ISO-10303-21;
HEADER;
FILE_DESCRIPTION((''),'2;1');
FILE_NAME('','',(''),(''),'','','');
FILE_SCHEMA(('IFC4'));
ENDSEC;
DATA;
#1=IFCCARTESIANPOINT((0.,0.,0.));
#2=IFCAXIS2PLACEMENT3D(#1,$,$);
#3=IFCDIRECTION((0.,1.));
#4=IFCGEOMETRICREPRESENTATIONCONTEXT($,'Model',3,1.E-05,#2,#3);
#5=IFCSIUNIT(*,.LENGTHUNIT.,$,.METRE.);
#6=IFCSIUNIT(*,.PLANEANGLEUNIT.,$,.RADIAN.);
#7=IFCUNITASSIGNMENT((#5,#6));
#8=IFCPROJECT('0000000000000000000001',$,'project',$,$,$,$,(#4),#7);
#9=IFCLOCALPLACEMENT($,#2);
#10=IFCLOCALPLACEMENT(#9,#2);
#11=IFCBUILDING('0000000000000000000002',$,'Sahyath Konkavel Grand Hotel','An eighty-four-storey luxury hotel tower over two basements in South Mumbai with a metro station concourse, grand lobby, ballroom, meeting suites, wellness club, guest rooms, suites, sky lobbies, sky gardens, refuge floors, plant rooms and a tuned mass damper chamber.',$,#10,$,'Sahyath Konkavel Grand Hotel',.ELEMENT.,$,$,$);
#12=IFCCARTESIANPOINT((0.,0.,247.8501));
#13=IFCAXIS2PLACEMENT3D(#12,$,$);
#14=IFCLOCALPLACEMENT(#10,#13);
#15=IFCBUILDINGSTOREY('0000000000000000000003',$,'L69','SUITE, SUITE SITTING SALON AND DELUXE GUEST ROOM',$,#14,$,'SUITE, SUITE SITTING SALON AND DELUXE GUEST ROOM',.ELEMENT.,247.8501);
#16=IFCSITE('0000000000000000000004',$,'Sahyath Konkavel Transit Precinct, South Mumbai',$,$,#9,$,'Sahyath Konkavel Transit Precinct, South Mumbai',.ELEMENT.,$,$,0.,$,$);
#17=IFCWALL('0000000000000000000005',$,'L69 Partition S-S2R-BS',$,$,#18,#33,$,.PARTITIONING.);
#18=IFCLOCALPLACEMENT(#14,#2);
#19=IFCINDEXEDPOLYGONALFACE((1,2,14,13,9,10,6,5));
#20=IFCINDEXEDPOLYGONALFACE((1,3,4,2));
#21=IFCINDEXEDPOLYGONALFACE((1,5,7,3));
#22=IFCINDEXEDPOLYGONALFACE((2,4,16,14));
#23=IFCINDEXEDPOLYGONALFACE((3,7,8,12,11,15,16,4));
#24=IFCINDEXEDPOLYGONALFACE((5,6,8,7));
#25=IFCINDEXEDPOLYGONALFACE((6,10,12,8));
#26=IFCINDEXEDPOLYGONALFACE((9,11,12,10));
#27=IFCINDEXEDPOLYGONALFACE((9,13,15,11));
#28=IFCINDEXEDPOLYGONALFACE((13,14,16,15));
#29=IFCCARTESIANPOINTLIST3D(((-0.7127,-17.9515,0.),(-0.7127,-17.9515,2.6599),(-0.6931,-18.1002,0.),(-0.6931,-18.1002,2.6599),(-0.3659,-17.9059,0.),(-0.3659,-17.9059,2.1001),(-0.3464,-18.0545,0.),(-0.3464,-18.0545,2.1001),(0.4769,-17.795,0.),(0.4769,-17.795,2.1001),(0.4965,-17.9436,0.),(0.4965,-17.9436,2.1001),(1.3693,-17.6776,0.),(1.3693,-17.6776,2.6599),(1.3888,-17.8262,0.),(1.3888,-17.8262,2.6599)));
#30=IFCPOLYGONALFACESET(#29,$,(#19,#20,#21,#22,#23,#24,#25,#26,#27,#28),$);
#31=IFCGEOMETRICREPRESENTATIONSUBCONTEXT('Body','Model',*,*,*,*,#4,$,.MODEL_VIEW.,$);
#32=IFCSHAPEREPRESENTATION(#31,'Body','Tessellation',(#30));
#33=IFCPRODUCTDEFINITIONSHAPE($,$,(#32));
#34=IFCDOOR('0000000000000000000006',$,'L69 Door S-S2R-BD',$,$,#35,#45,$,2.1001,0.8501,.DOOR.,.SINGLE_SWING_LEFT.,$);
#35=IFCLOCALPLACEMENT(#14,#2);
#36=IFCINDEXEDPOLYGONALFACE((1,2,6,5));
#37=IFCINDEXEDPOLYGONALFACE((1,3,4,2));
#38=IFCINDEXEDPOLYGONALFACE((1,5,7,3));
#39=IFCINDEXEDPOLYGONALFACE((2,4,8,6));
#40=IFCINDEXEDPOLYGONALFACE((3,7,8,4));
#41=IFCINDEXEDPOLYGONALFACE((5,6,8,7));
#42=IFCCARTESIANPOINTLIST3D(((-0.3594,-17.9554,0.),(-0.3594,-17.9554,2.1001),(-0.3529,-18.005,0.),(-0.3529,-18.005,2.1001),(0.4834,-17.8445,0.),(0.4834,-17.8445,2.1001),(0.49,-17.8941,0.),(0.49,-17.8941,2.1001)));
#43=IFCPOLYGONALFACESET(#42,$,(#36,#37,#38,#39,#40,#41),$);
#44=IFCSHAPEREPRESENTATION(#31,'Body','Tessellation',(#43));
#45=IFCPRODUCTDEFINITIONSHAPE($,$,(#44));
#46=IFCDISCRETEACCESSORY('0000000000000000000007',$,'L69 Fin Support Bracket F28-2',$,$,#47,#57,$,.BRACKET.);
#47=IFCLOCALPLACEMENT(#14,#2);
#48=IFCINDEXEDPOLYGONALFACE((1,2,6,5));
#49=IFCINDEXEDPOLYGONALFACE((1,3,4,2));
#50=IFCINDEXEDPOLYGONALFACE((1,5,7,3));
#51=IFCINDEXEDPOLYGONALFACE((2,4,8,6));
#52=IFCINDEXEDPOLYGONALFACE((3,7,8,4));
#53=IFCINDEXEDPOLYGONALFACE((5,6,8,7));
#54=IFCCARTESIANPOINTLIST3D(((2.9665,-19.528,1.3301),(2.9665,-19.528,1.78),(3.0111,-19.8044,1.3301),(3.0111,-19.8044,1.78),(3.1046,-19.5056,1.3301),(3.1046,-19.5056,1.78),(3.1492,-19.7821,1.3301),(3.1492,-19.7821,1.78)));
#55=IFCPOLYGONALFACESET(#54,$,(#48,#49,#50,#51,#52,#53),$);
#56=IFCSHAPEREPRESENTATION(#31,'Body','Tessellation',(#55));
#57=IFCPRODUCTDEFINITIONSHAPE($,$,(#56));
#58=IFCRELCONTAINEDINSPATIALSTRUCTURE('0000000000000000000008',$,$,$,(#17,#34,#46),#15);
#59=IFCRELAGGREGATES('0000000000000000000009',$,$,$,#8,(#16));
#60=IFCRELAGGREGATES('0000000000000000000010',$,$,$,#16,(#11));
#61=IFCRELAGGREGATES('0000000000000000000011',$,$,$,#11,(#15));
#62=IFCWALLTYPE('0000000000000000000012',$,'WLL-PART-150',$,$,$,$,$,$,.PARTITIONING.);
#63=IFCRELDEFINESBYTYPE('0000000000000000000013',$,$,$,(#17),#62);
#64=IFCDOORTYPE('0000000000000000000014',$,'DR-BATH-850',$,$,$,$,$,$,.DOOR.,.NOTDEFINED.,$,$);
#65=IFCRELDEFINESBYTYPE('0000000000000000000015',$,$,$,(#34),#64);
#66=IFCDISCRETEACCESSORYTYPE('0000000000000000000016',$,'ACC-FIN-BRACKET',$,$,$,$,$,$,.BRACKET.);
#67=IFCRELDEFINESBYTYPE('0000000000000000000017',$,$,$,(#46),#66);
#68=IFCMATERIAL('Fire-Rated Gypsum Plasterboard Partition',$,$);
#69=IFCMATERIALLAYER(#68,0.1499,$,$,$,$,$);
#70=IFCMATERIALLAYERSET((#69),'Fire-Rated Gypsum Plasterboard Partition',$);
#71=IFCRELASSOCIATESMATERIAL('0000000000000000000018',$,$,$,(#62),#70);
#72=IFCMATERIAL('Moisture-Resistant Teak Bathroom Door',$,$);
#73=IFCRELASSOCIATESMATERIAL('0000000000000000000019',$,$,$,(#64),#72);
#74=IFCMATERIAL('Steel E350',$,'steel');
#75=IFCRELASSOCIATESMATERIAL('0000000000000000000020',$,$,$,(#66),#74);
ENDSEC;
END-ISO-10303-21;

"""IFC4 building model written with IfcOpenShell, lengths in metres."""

from ifc_helpers import new_model, si_unit, direction, frame, frame_2d, origin, origin_2d, place, context, subcontext, project, spatial, rectangle, extrude, source, transform, mapped, material, layer, layer_set, type_object, element, fill, save


model = new_model("IFC4")

# Units and contexts
model_context = context("Model", 3, precision=1e-05, world=origin(), true_north=direction((0.0, 1.0)))
body_context = subcontext(model_context, "Body", "Model", "MODEL_VIEW")
ifc_project = project(units=[si_unit("LENGTHUNIT", "METRE"), si_unit("PLANEANGLEUNIT", "RADIAN")], contexts=[model_context])

# Site, building, storey
site_placement = place(None, origin())
site = spatial("IfcSite", under=ifc_project, at=site_placement, Name="Sahyath Konkavel Transit Precinct, South Mumbai", LongName="Sahyath Konkavel Transit Precinct, South Mumbai", CompositionType="ELEMENT", RefElevation=0.0)
building_placement = place(site_placement, origin())
building = spatial("IfcBuilding", under=site, at=building_placement, Name="Sahyath Konkavel Grand Hotel", Description="An eighty-four-storey luxury hotel tower over two basements in South Mumbai with a metro station concourse, grand lobby, ballroom, meeting suites, wellness club, guest rooms, suites, sky lobbies, sky gardens, refuge floors, plant rooms and a tuned mass damper chamber.", LongName="Sahyath Konkavel Grand Hotel", CompositionType="ELEMENT")
storey_placement = place(building_placement, frame((0.0, 0.0, 247.8501)))
storey = spatial("IfcBuildingStorey", under=building, at=storey_placement, Name="L69", Description="SUITE, SUITE SITTING SALON AND DELUXE GUEST ROOM", LongName="SUITE, SUITE SITTING SALON AND DELUXE GUEST ROOM", CompositionType="ELEMENT", Elevation=247.8501)

# Shared definitions
ifc_material_1 = material(Name="Steel E350", Category="steel")

# Shared definitions
ifc_material_2 = material(Name="Fire-Rated Gypsum Plasterboard Partition")
ifc_layer_1 = layer(ifc_material_2, 0.1499)
ifc_layer_set_1 = layer_set([ifc_layer_1], Name="Fire-Rated Gypsum Plasterboard Partition")
wall_type_1 = type_object("IfcWallType", Name="WLL-PART-150", PredefinedType="PARTITIONING", material=ifc_layer_set_1)
shared_shape_1 = source(origin(), body_context, "Body", "SweptSolid", [
    extrude(rectangle(XDim=0.8501, YDim=0.05, at=origin_2d()), origin(), (0.0, 0.0, 1.0), 2.1001),
])

# Wall, opening, door
ifc_material_3 = material(Name="Moisture-Resistant Teak Bathroom Door")
door_type_1 = type_object("IfcDoorType", Name="DR-BATH-850", OperationType="NOTDEFINED", PredefinedType="DOOR", material=ifc_material_3)
wall_1_placement = place(storey_placement, frame((1.3789, -17.752, 0.0), z_axis=(0.0, 0.0, 1.0), x_axis=(-0.991456, -0.130442, 0.0)))
wall_1 = element("IfcWall", 1, at=wall_1_placement, inside=storey, type_object=wall_type_1, Name="L69 Partition S-S2R-BS", PredefinedType="PARTITIONING", context=body_context, shape_type="SweptSolid", body=[
    extrude(rectangle(XDim=2.0999, YDim=0.1499, at=frame_2d((1.0498, 0.0))), origin(), (0.0, 0.0, 1.0), 2.6599),
])
opening_1_placement = place(wall_1_placement, frame((0.8999, 0.0, 0.0)))
opening_1 = element("IfcOpeningElement", 2, at=opening_1_placement, cuts=wall_1, PredefinedType="OPENING", context=body_context, shape_type="SweptSolid", body=[
    extrude(rectangle(XDim=0.8501, YDim=2.1001, at=frame_2d((0.425, 1.05))), frame((0.0, 0.085, 0.0), z_axis=(0.0, -1.0, 0.0), x_axis=(1.0, 0.0, 0.0)), (0.0, 0.0, 1.0), 0.1699),
])
door_1_placement = place(opening_1_placement, frame((0.425, 0.0, 0.0)))
door_1 = element("IfcDoor", 3, at=door_1_placement, inside=storey, type_object=door_type_1, Name="L69 Door S-S2R-BD", OperationType="SINGLE_SWING_LEFT", OverallHeight=2.1001, OverallWidth=0.8501, PredefinedType="DOOR", context=body_context, shape_type="MappedRepresentation", body=[
    mapped(shared_shape_1, transform((0.0, 0.0, 0.0), scale=1.0)),
])
fill(opening_1, door_1)

# Discrete accessory
discrete_accessory_type = type_object("IfcDiscreteAccessoryType", Name="ACC-FIN-BRACKET", PredefinedType="BRACKET", material=ifc_material_1)
shared_shape_2 = source(origin(), body_context, "Body", "SweptSolid", [
    extrude(rectangle(XDim=0.28, YDim=0.1399, at=origin_2d()), origin(), (0.0, 0.0, 1.0), 0.45),
])
discrete_accessory_placement = place(storey_placement, frame((3.0579, -19.655, 1.3301), z_axis=(0.0, 0.0, 1.0), x_axis=(0.159537, -0.987192, 0.0)))
element("IfcDiscreteAccessory", 4, at=discrete_accessory_placement, inside=storey, type_object=discrete_accessory_type, Name="L69 Fin Support Bracket F28-2", PredefinedType="BRACKET", context=body_context, shape_type="MappedRepresentation", body=[
    mapped(shared_shape_2, transform((0.0, 0.0, 0.0), scale=1.0)),
])

save(model, "model.ifc")
